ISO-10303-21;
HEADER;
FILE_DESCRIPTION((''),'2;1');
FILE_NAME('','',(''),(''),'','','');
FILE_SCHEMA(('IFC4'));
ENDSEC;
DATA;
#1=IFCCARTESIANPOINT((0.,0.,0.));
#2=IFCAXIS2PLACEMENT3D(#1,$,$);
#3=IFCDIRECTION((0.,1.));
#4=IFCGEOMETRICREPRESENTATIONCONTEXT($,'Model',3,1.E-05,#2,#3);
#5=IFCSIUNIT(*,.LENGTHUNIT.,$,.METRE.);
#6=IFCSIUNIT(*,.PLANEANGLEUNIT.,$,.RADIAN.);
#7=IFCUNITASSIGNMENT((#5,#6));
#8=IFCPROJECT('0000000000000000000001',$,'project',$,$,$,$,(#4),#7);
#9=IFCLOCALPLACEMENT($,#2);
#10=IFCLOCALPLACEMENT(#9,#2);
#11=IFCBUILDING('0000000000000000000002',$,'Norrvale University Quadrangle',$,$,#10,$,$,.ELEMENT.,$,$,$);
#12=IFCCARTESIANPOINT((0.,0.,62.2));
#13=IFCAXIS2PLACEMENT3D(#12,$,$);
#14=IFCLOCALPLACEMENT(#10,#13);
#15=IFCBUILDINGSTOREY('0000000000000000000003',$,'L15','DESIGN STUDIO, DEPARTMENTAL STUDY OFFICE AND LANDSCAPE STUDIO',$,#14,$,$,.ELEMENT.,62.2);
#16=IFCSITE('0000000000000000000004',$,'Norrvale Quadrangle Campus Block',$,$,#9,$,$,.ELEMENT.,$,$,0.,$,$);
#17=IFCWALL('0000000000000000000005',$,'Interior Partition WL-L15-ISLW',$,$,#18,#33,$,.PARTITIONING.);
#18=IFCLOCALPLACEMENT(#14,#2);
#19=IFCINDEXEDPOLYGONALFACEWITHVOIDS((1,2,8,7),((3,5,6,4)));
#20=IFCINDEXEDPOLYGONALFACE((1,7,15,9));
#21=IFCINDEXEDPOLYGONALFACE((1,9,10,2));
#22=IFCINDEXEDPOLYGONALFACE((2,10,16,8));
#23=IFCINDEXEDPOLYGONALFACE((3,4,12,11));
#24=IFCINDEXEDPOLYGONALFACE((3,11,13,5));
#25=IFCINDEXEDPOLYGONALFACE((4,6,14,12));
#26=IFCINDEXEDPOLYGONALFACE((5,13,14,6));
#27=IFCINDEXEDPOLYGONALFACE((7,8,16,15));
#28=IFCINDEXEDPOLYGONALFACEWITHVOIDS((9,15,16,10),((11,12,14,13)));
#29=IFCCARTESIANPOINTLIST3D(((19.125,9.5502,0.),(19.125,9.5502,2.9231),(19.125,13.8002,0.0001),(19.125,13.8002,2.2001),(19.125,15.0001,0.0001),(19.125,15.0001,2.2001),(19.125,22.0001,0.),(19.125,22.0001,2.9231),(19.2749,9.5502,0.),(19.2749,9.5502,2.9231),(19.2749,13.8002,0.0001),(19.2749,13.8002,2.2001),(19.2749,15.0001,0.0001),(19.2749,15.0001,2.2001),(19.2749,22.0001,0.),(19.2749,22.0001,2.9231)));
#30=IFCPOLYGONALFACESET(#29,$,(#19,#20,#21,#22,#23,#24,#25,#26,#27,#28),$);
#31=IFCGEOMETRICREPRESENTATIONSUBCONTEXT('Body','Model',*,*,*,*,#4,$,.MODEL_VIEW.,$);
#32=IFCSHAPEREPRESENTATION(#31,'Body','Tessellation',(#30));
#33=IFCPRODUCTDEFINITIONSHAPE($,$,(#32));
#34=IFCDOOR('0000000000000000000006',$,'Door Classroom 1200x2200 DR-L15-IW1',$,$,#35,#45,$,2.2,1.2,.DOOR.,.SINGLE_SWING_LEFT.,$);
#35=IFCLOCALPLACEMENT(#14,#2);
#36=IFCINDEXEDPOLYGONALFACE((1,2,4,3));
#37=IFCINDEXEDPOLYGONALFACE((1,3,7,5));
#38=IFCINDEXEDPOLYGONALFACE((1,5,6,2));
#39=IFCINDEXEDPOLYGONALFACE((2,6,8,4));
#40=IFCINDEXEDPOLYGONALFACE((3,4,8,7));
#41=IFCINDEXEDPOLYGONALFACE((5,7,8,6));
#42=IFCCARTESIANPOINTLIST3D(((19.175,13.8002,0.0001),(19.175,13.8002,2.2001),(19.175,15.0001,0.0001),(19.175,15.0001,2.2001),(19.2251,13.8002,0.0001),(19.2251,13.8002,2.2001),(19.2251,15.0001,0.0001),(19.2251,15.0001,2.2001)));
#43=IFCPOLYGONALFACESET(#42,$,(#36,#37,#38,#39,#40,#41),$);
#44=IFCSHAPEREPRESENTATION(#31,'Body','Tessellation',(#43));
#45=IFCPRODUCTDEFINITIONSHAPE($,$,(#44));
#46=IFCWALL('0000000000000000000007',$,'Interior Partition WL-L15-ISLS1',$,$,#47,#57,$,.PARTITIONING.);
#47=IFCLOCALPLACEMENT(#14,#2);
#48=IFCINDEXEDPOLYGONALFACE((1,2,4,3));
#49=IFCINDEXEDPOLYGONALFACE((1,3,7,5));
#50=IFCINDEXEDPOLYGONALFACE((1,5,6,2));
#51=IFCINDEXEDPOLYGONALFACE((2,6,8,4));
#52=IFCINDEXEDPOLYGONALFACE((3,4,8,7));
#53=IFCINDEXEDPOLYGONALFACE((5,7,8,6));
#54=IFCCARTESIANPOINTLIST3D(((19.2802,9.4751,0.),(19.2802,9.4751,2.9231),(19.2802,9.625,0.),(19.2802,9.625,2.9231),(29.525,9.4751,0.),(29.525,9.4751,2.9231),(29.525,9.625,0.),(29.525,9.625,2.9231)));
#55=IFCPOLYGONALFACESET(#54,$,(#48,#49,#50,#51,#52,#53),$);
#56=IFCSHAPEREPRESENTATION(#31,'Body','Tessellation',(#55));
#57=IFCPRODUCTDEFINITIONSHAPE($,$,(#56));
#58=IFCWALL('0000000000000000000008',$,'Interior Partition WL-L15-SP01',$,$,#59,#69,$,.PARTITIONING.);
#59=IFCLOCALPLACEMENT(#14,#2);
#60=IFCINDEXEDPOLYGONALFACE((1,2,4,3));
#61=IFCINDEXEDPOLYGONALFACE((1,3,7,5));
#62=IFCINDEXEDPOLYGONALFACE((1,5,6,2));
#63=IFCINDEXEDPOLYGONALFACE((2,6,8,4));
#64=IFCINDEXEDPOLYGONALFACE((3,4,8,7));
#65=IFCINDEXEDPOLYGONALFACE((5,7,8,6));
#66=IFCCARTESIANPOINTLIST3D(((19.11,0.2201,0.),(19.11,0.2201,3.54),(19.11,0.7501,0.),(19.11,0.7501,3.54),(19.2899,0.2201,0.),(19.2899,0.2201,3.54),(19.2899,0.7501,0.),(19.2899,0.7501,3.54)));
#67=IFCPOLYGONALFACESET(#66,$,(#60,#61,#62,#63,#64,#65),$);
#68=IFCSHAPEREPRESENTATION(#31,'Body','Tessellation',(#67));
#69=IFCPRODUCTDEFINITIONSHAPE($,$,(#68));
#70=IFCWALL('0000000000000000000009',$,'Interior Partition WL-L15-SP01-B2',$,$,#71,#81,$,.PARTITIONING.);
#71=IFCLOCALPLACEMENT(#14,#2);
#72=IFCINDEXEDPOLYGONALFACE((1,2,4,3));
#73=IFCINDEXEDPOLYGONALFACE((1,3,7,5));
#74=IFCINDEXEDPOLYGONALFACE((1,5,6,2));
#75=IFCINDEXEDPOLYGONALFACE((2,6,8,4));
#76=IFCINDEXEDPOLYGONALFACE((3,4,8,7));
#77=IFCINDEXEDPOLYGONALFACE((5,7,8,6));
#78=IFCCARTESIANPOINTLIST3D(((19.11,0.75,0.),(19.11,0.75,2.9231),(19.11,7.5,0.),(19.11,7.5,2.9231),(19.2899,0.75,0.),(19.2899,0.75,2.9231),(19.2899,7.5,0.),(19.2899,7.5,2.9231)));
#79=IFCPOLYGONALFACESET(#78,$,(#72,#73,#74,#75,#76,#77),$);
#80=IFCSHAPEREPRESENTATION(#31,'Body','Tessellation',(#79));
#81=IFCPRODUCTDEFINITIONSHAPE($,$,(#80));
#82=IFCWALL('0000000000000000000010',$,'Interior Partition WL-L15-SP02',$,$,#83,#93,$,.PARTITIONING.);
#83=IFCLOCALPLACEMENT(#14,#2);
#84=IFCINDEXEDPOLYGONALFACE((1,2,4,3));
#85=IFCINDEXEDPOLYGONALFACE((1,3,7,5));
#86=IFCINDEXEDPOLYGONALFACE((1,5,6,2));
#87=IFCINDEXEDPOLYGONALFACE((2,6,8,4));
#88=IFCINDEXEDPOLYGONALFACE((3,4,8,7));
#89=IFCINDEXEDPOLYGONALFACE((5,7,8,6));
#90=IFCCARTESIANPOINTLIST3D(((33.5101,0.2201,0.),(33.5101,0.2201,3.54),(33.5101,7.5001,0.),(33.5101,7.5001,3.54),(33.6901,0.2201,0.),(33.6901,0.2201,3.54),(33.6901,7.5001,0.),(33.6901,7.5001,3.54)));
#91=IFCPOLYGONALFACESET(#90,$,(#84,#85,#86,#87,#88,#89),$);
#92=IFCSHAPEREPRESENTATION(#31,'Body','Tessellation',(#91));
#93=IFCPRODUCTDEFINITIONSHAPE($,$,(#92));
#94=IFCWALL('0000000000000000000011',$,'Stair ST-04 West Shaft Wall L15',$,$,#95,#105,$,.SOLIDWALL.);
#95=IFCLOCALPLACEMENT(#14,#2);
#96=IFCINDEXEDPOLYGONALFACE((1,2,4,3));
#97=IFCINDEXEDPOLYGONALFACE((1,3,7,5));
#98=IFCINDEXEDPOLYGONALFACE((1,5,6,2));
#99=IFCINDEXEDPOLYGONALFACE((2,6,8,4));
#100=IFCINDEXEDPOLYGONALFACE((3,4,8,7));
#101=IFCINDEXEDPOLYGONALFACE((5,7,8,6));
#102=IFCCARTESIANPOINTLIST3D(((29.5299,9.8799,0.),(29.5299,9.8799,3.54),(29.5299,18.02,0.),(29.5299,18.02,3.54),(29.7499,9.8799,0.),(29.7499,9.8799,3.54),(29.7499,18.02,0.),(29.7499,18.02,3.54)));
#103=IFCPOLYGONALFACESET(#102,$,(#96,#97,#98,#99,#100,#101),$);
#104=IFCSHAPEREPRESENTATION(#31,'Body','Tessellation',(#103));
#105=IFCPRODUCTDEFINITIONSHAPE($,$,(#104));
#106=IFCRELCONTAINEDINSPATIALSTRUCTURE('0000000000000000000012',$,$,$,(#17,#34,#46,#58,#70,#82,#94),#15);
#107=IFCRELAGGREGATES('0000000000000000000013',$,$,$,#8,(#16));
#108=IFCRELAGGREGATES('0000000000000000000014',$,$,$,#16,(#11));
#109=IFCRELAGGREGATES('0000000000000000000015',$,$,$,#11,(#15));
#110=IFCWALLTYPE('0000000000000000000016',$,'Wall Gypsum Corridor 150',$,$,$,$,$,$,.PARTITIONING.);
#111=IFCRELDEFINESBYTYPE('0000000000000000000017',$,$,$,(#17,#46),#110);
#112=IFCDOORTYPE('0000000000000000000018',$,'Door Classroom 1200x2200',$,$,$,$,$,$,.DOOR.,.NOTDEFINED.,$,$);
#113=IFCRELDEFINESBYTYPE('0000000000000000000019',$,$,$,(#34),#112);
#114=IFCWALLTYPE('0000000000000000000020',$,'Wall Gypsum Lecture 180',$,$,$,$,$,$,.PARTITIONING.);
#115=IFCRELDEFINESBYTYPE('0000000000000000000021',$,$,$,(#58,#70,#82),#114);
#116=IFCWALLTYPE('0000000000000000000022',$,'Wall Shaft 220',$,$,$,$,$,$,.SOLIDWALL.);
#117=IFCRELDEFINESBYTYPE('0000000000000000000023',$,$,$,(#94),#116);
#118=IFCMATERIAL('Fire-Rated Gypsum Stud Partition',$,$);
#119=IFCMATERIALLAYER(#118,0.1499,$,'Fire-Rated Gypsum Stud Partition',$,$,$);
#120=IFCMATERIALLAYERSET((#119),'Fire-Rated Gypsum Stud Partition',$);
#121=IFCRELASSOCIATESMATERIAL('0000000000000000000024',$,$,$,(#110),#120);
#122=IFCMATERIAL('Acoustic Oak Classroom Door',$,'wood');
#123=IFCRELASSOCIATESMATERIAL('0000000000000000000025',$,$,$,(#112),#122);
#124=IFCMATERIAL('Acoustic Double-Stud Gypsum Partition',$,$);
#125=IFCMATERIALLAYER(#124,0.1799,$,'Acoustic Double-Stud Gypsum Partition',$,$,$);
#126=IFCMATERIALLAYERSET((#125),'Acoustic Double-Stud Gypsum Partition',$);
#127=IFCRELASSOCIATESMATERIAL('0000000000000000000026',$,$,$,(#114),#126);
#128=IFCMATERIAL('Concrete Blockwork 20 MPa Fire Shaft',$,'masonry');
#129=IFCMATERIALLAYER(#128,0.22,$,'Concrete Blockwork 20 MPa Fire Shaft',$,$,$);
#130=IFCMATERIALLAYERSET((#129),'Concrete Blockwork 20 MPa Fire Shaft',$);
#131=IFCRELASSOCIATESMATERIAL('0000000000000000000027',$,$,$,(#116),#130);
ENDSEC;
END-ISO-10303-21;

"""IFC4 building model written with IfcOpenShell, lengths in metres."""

from ifc_helpers import new_model, si_unit, direction, frame, frame_2d, origin, place, context, subcontext, project, spatial, rectangle, extrude, material, layer, layer_set, type_object, element, fill, save


model = new_model("IFC4")

# Units and contexts
model_context = context("Model", 3, precision=1e-05, world=origin(), true_north=direction((0.0, 1.0)))
body_context = subcontext(model_context, "Body", "Model", "MODEL_VIEW")
ifc_project = project(units=[si_unit("LENGTHUNIT", "METRE"), si_unit("PLANEANGLEUNIT", "RADIAN")], contexts=[model_context])

# Site, building, storey
site_placement = place(None, origin())
site = spatial("IfcSite", under=ifc_project, at=site_placement, Name="Norrvale Quadrangle Campus Block", CompositionType="ELEMENT", RefElevation=0.0)
building_placement = place(site_placement, origin())
building = spatial("IfcBuilding", under=site, at=building_placement, Name="Norrvale University Quadrangle", CompositionType="ELEMENT")
storey_placement = place(building_placement, frame((0.0, 0.0, 62.2)))
storey = spatial("IfcBuildingStorey", under=building, at=storey_placement, Name="L15", Description="DESIGN STUDIO, DEPARTMENTAL STUDY OFFICE AND LANDSCAPE STUDIO", CompositionType="ELEMENT", Elevation=62.2)

# Wall, opening, door
ifc_material_1 = material(Name="Fire-Rated Gypsum Stud Partition")
ifc_layer_1 = layer(ifc_material_1, 0.1499, Name="Fire-Rated Gypsum Stud Partition")
ifc_layer_set_1 = layer_set([ifc_layer_1], Name="Fire-Rated Gypsum Stud Partition")
wall_type_1 = type_object("IfcWallType", Name="Wall Gypsum Corridor 150", PredefinedType="PARTITIONING", material=ifc_layer_set_1)
wall_1_placement = place(storey_placement, frame((19.2, 9.55, 0.0), z_axis=(0.0, 0.0, 1.0), x_axis=(0.0, 1.0, 0.0)))
wall_1 = element("IfcWall", 1, at=wall_1_placement, inside=storey, type_object=wall_type_1, Name="Interior Partition WL-L15-ISLW", PredefinedType="PARTITIONING", context=body_context, shape_type="SweptSolid", body=[
    extrude(rectangle(XDim=12.45, YDim=0.1499, at=frame_2d((6.2251, 0.0))), origin(), (0.0, 0.0, 1.0), 2.9231),
])
opening_placement = place(wall_1_placement, frame((4.25, 0.0, 0.0)))
opening = element("IfcOpeningElement", 2, at=opening_placement, cuts=wall_1, PredefinedType="OPENING", context=body_context, shape_type="SweptSolid", body=[
    extrude(rectangle(XDim=1.2, YDim=2.2, at=frame_2d((0.6001, 1.1001))), frame((0.0, 0.0869, 0.0), z_axis=(0.0, -1.0, 0.0), x_axis=(1.0, 0.0, 0.0)), (0.0, 0.0, 1.0), 0.1738),
])
ifc_material_2 = material(Name="Acoustic Oak Classroom Door", Category="wood")
door_type = type_object("IfcDoorType", Name="Door Classroom 1200x2200", OperationType="NOTDEFINED", PredefinedType="DOOR", material=ifc_material_2)
door_placement = place(opening_placement, origin())
door = element("IfcDoor", 3, at=door_placement, inside=storey, type_object=door_type, Name="Door Classroom 1200x2200 DR-L15-IW1", OperationType="SINGLE_SWING_LEFT", OverallHeight=2.2, OverallWidth=1.2, PredefinedType="DOOR", context=body_context, shape_type="SweptSolid", body=[
    extrude(rectangle(XDim=1.2, YDim=2.2, at=frame_2d((0.6001, 1.1001))), frame((0.0, 0.0249, 0.0), z_axis=(0.0, -1.0, 0.0), x_axis=(1.0, 0.0, 0.0)), (0.0, 0.0, 1.0), 0.05),
])
fill(opening, door)

# Walls
wall_2_placement = place(storey_placement, frame((19.28, 9.55, 0.0), z_axis=(0.0, 0.0, 1.0), x_axis=(1.0, 0.0, 0.0)))
element("IfcWall", 4, at=wall_2_placement, inside=storey, type_object=wall_type_1, Name="Interior Partition WL-L15-ISLS1", PredefinedType="PARTITIONING", context=body_context, shape_type="SweptSolid", body=[
    extrude(rectangle(XDim=10.2449, YDim=0.1499, at=frame_2d((5.1226, 0.0))), origin(), (0.0, 0.0, 1.0), 2.9231),
])
ifc_material_3 = material(Name="Acoustic Double-Stud Gypsum Partition")
ifc_layer_2 = layer(ifc_material_3, 0.1799, Name="Acoustic Double-Stud Gypsum Partition")
ifc_layer_set_2 = layer_set([ifc_layer_2], Name="Acoustic Double-Stud Gypsum Partition")
wall_type_2 = type_object("IfcWallType", Name="Wall Gypsum Lecture 180", PredefinedType="PARTITIONING", material=ifc_layer_set_2)
wall_3_placement = place(storey_placement, frame((19.2, 0.22, 0.0), z_axis=(0.0, 0.0, 1.0), x_axis=(0.0, 1.0, 0.0)))
element("IfcWall", 5, at=wall_3_placement, inside=storey, type_object=wall_type_2, Name="Interior Partition WL-L15-SP01", PredefinedType="PARTITIONING", context=body_context, shape_type="SweptSolid", body=[
    extrude(rectangle(XDim=0.53, YDim=0.1799, at=frame_2d((0.2651, 0.0))), origin(), (0.0, 0.0, 1.0), 3.54),
])
wall_4_placement = place(storey_placement, frame((19.2, 0.75, 0.0), z_axis=(0.0, 0.0, 1.0), x_axis=(0.0, 1.0, 0.0)))
element("IfcWall", 6, at=wall_4_placement, inside=storey, type_object=wall_type_2, Name="Interior Partition WL-L15-SP01-B2", PredefinedType="PARTITIONING", context=body_context, shape_type="SweptSolid", body=[
    extrude(rectangle(XDim=6.75, YDim=0.1799, at=frame_2d((3.375, 0.0))), origin(), (0.0, 0.0, 1.0), 2.9231),
])
wall_5_placement = place(storey_placement, frame((33.6001, 0.22, 0.0), z_axis=(0.0, 0.0, 1.0), x_axis=(0.0, 1.0, 0.0)))
element("IfcWall", 7, at=wall_5_placement, inside=storey, type_object=wall_type_2, Name="Interior Partition WL-L15-SP02", PredefinedType="PARTITIONING", context=body_context, shape_type="SweptSolid", body=[
    extrude(rectangle(XDim=7.28, YDim=0.1799, at=frame_2d((3.6401, 0.0))), origin(), (0.0, 0.0, 1.0), 3.54),
])
ifc_material_4 = material(Name="Concrete Blockwork 20 MPa Fire Shaft", Category="masonry")
ifc_layer_3 = layer(ifc_material_4, 0.22, Name="Concrete Blockwork 20 MPa Fire Shaft")
ifc_layer_set_3 = layer_set([ifc_layer_3], Name="Concrete Blockwork 20 MPa Fire Shaft")
wall_type_3 = type_object("IfcWallType", Name="Wall Shaft 220", PredefinedType="SOLIDWALL", material=ifc_layer_set_3)
wall_6_placement = place(storey_placement, frame((29.6399, 9.8799, 0.0), z_axis=(0.0, 0.0, 1.0), x_axis=(0.0, 1.0, 0.0)))
element("IfcWall", 8, at=wall_6_placement, inside=storey, type_object=wall_type_3, Name="Stair ST-04 West Shaft Wall L15", PredefinedType="SOLIDWALL", context=body_context, shape_type="SweptSolid", body=[
    extrude(rectangle(XDim=8.1401, YDim=0.22, at=frame_2d((4.0701, 0.0))), origin(), (0.0, 0.0, 1.0), 3.54),
])

save(model, "model.ifc")
